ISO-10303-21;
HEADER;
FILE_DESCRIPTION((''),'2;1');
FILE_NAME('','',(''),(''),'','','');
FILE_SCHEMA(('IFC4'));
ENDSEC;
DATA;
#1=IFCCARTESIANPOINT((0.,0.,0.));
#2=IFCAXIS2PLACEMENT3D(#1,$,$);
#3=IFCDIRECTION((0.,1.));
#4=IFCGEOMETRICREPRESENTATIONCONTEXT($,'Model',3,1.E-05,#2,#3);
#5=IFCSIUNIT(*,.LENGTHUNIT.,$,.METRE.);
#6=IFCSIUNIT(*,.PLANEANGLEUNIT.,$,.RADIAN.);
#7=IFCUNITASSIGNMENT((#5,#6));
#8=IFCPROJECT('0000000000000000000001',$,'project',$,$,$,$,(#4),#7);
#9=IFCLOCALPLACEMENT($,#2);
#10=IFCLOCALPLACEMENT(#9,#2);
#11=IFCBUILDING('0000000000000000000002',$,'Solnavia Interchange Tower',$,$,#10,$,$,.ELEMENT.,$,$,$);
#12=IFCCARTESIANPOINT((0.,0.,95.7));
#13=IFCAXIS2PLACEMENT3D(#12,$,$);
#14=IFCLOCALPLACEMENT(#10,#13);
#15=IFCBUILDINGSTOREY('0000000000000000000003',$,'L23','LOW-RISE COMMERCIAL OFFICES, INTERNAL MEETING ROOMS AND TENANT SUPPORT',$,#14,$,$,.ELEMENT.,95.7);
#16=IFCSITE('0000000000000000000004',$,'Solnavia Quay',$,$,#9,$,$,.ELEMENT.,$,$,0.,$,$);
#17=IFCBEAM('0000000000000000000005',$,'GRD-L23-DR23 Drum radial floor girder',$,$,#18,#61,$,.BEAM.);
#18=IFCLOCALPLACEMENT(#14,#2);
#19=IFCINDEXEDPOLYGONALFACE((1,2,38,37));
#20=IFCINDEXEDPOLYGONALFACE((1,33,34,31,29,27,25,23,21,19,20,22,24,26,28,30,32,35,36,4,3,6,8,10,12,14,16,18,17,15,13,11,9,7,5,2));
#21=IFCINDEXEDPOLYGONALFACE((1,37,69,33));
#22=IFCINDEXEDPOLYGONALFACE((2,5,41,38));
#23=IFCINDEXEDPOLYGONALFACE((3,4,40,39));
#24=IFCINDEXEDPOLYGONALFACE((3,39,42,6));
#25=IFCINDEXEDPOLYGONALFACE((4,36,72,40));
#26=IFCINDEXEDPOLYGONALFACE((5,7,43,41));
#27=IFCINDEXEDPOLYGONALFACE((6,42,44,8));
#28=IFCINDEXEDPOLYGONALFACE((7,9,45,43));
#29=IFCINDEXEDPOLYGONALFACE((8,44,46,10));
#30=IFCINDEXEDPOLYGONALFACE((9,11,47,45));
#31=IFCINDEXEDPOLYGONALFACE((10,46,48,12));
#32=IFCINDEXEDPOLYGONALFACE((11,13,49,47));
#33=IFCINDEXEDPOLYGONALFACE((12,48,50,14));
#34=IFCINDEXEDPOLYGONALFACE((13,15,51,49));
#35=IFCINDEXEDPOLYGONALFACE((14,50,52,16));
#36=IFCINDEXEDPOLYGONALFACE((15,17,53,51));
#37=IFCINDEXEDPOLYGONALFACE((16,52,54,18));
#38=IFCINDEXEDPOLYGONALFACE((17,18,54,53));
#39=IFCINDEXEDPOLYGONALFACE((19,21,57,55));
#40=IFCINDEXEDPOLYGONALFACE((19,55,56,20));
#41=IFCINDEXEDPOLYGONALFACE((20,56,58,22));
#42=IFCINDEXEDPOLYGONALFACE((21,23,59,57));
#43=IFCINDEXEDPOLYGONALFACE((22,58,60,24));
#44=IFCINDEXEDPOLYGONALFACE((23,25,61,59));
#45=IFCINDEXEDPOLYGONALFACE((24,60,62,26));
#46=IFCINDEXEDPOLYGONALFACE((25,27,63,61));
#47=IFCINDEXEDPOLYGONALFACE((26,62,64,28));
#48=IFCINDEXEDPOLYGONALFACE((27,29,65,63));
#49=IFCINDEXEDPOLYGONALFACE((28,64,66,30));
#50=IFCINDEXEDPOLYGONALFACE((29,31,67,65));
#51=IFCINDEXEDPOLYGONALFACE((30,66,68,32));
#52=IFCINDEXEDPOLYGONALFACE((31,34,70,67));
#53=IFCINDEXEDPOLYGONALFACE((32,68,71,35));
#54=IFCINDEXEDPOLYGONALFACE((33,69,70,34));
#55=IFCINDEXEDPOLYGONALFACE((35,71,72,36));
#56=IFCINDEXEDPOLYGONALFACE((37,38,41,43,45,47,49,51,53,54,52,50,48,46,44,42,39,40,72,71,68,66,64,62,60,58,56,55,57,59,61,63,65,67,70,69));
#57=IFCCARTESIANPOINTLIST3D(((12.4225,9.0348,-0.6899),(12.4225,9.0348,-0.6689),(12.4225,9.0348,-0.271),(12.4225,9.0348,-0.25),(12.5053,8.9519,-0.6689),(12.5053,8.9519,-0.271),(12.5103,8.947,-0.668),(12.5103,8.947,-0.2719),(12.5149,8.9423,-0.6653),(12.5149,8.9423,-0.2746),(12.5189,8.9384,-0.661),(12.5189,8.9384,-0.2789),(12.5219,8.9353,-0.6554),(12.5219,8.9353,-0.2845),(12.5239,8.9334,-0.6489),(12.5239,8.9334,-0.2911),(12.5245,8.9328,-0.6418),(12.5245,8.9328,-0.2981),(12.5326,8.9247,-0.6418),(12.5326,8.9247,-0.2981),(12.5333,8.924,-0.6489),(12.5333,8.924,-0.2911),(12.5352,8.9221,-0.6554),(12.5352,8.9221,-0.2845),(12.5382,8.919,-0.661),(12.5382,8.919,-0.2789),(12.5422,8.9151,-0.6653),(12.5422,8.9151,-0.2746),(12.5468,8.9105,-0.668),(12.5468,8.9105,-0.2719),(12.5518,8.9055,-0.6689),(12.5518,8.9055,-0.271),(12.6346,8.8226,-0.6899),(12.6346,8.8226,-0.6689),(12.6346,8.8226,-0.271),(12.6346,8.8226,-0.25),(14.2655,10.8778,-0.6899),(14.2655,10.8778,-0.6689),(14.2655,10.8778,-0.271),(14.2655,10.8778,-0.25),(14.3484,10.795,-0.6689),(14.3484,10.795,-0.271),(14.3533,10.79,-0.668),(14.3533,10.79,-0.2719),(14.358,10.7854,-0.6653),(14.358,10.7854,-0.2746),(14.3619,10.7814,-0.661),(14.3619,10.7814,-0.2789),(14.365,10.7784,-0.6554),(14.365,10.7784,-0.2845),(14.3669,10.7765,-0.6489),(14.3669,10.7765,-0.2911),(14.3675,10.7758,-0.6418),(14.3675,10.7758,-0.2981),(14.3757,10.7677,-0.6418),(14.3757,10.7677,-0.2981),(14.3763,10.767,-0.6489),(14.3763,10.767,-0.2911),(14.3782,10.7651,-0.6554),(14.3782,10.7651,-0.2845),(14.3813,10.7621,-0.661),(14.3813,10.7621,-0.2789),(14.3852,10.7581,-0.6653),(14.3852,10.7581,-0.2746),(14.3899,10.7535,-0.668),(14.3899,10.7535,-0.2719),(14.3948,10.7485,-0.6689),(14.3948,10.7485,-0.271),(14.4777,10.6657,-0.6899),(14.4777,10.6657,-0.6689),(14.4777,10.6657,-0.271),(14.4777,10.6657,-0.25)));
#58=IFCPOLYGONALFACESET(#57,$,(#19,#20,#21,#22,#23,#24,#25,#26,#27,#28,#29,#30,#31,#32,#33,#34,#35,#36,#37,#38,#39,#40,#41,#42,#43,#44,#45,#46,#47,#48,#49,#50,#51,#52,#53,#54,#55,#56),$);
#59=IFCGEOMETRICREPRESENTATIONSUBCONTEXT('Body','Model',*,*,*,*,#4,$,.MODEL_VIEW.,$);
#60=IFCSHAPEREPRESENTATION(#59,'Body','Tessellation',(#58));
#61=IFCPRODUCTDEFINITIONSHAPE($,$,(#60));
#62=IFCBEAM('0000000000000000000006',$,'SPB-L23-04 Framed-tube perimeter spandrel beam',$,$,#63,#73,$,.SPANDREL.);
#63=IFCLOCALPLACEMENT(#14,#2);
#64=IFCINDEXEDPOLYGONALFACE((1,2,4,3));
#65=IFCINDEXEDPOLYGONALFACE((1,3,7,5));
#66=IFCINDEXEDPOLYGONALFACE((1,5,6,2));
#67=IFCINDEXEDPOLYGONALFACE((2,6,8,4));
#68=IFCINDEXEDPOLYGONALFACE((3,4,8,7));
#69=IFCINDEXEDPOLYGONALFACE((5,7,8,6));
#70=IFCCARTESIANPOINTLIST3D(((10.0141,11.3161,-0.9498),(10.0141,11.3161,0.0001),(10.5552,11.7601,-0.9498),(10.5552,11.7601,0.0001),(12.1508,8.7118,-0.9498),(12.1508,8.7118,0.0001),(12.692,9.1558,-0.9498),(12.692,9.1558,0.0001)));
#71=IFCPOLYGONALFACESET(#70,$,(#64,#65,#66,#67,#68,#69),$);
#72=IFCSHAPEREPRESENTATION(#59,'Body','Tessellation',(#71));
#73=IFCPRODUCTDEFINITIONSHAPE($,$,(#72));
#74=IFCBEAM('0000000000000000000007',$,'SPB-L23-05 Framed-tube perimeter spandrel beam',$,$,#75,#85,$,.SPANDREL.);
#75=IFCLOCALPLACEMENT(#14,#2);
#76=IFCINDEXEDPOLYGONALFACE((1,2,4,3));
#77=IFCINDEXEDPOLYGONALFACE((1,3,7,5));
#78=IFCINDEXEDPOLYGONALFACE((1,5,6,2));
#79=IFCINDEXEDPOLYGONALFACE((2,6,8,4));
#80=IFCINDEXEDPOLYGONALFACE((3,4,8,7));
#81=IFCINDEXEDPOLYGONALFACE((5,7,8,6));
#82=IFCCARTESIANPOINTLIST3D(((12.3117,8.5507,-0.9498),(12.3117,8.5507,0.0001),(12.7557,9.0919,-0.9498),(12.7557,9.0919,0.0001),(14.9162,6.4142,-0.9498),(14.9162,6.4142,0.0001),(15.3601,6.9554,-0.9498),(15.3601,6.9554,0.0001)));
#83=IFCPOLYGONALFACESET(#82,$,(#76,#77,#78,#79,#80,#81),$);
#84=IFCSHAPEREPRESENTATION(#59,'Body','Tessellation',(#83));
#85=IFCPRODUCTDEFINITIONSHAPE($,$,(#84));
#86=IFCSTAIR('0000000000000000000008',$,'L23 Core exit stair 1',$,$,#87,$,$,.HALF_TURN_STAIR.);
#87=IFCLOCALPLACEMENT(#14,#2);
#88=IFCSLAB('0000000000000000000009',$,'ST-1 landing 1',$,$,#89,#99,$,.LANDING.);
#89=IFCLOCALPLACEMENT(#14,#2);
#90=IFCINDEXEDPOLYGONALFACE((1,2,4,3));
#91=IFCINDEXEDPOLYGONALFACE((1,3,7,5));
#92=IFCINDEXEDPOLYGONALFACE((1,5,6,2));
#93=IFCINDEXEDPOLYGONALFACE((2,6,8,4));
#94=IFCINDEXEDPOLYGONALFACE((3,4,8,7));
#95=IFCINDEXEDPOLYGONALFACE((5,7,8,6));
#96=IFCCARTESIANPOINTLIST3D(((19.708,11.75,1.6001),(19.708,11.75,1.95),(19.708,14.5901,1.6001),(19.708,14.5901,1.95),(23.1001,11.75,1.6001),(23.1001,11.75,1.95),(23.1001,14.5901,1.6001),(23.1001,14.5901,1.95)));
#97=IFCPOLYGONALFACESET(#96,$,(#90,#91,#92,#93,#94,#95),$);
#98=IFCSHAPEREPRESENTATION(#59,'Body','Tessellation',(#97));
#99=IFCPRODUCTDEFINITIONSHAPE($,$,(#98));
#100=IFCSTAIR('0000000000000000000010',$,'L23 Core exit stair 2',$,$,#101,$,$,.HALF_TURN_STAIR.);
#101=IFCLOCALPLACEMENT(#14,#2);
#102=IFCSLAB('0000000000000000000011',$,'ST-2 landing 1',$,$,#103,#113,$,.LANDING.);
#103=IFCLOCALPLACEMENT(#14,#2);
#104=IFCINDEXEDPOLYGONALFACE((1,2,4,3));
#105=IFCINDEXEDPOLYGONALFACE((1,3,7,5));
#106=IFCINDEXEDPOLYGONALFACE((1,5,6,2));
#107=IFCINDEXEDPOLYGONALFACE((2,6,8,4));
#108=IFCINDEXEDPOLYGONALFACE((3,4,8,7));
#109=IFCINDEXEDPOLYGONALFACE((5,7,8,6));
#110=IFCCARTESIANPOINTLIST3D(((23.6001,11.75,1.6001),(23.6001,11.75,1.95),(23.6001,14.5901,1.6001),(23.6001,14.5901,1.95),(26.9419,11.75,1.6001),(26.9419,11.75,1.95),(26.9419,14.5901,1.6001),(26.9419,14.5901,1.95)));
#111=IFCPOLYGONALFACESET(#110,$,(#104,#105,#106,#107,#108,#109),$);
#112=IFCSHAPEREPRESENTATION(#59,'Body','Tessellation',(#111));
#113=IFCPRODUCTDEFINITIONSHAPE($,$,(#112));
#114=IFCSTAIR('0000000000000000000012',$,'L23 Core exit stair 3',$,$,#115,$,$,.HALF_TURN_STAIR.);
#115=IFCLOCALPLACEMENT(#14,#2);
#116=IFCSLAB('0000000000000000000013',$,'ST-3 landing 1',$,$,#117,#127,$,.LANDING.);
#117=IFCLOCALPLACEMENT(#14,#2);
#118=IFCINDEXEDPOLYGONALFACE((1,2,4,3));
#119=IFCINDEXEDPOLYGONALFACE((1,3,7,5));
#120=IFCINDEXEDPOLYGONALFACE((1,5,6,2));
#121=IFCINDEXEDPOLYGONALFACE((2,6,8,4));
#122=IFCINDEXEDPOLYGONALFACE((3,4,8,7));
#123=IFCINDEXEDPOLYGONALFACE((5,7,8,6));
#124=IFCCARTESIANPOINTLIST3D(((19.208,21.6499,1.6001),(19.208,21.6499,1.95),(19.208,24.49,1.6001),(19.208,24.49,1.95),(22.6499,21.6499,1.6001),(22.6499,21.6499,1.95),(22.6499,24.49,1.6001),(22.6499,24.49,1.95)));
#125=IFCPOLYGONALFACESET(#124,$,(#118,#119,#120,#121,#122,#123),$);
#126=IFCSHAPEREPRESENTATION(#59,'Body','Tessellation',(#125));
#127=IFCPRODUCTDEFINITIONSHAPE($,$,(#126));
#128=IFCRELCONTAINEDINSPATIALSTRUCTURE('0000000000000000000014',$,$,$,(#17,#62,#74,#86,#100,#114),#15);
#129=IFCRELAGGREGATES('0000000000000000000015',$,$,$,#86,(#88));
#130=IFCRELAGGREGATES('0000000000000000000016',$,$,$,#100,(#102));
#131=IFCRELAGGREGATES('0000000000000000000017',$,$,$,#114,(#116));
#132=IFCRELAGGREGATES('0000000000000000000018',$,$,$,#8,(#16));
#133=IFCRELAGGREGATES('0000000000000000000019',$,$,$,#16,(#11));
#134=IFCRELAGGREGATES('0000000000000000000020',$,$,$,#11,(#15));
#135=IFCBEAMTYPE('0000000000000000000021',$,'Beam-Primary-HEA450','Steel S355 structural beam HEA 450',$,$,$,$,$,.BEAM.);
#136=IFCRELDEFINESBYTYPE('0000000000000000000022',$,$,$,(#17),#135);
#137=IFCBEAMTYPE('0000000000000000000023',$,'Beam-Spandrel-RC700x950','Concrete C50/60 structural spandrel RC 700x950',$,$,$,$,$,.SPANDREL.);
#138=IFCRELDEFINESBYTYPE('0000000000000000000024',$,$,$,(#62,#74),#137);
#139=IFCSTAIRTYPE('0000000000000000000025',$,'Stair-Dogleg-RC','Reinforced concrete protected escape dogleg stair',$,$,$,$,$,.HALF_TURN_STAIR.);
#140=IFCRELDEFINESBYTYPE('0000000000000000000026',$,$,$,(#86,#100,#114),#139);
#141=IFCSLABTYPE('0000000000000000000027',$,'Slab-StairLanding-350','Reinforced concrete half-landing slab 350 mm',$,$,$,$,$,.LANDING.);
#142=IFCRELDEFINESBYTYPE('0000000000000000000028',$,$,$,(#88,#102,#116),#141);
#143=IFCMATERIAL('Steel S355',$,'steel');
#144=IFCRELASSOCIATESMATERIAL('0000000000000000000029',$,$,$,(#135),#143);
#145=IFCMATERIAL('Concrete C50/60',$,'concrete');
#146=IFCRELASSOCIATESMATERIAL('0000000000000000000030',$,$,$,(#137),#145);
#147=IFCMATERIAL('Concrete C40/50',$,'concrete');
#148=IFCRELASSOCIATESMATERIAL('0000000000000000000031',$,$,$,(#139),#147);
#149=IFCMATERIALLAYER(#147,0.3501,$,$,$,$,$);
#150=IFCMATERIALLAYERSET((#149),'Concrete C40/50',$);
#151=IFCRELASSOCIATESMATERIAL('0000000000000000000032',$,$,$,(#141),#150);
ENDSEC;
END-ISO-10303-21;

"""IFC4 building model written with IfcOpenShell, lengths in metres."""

from ifc_helpers import new_model, si_unit, direction, frame, origin, origin_2d, place, context, subcontext, project, spatial, polyline, rectangle, i_section, outline, extrude, material, layer, layer_set, material_profile, profile_set, type_object, element, aggregate, save


model = new_model("IFC4")

# Units and contexts
model_context = context("Model", 3, precision=1e-05, world=origin(), true_north=direction((0.0, 1.0)))
body_context = subcontext(model_context, "Body", "Model", "MODEL_VIEW")
ifc_project = project(units=[si_unit("LENGTHUNIT", "METRE"), si_unit("PLANEANGLEUNIT", "RADIAN")], contexts=[model_context])

# Site, building, storey
site_placement = place(None, origin())
site = spatial("IfcSite", under=ifc_project, at=site_placement, Name="Solnavia Quay", CompositionType="ELEMENT", RefElevation=0.0)
building_placement = place(site_placement, origin())
building = spatial("IfcBuilding", under=site, at=building_placement, Name="Solnavia Interchange Tower", CompositionType="ELEMENT")
storey_placement = place(building_placement, frame((0.0, 0.0, 95.7)))
storey = spatial("IfcBuildingStorey", under=building, at=storey_placement, Name="L23", Description="LOW-RISE COMMERCIAL OFFICES, INTERNAL MEETING ROOMS AND TENANT SUPPORT", CompositionType="ELEMENT", Elevation=95.7)

# Shared definitions
ifc_material_1 = material(Name="Steel S355", Category="steel")

# Beams
ifc_material_profile_1 = material_profile(ifc_material_1, i_section(OverallWidth=0.3, OverallDepth=0.4399, WebThickness=0.0115, FlangeThickness=0.021, FilletRadius=0.0271, at=origin_2d()), Name="HEA 450")
ifc_profile_set_1 = profile_set([ifc_material_profile_1], Name="Steel S355")
beam_type_1 = type_object("IfcBeamType", Name="Beam-Primary-HEA450", Description="Steel S355 structural beam HEA 450", PredefinedType="BEAM", material=ifc_profile_set_1)
beam_1_placement = place(storey_placement, frame((12.5286, 8.9287, -0.47), z_axis=(0.707107, 0.707107, 0.0), x_axis=(-0.707107, 0.707107, 0.0)))
element("IfcBeam", 1, at=beam_1_placement, inside=storey, type_object=beam_type_1, Name="GRD-L23-DR23 Drum radial floor girder", PredefinedType="BEAM", context=body_context, shape_type="SweptSolid", body=[
    extrude(i_section(OverallWidth=0.3, OverallDepth=0.4399, WebThickness=0.0115, FlangeThickness=0.021, FilletRadius=0.0271, at=origin_2d()), origin(), (0.0, 0.0, 1.0), 2.6064),
])
ifc_material_2 = material(Name="Concrete C50/60", Category="concrete")
ifc_material_profile_2 = material_profile(ifc_material_2, rectangle(XDim=0.7, YDim=0.95, at=origin_2d()), Name="RC 700x950")
ifc_profile_set_2 = profile_set([ifc_material_profile_2], Name="Concrete C50/60")
beam_type_2 = type_object("IfcBeamType", Name="Beam-Spandrel-RC700x950", Description="Concrete C50/60 structural spandrel RC 700x950", PredefinedType="SPANDREL", material=ifc_profile_set_2)
for number, where, z_axis, x_axis, name in (
    (2, (10.2847, 11.5381, -0.4749), (0.634299, -0.773088, 0.0), (0.773088, 0.634299, 0.0), "SPB-L23-04 Framed-tube perimeter spandrel beam"),
    (3, (12.5337, 8.8213, -0.4749), (0.773153, -0.63422, 0.0), (0.63422, 0.773153, 0.0), "SPB-L23-05 Framed-tube perimeter spandrel beam"),
):
    element("IfcBeam", number, at=place(storey_placement, frame(where, z_axis=z_axis, x_axis=x_axis)), inside=storey, type_object=beam_type_2, Name=name, PredefinedType="SPANDREL", context=body_context, shape_type="SweptSolid", body=[
        extrude(rectangle(XDim=0.7, YDim=0.95, at=origin_2d()), origin(), (0.0, 0.0, 1.0), 3.3687),
    ])

# Stairs, slabs
ifc_material_3 = material(Name="Concrete C40/50", Category="concrete")
stair_type = type_object("IfcStairType", Name="Stair-Dogleg-RC", Description="Reinforced concrete protected escape dogleg stair", PredefinedType="HALF_TURN_STAIR", material=ifc_material_3)
stair_1_placement = place(storey_placement, origin())
stair_1 = element("IfcStair", 4, at=stair_1_placement, inside=storey, type_object=stair_type, Name="L23 Core exit stair 1", PredefinedType="HALF_TURN_STAIR")
ifc_layer_1 = layer(ifc_material_3, 0.3501)
ifc_layer_set_1 = layer_set([ifc_layer_1], Name="Concrete C40/50")
slab_type_1 = type_object("IfcSlabType", Name="Slab-StairLanding-350", Description="Reinforced concrete half-landing slab 350 mm", PredefinedType="LANDING", material=ifc_layer_set_1)
slab_1_placement = place(storey_placement, frame((0.0, 0.0, 1.6001)))
slab_1 = element("IfcSlab", 5, at=slab_1_placement, type_object=slab_type_1, Name="ST-1 landing 1", PredefinedType="LANDING", context=body_context, shape_type="SweptSolid", body=[
    extrude(outline(polyline([(19.708, 11.75), (23.1001, 11.75), (23.1001, 14.5901), (19.708, 14.5901), (19.708, 11.75)])), origin(), (0.0, 0.0, 1.0), 0.3499),
])
aggregate(stair_1, [slab_1])
stair_2_placement = place(storey_placement, origin())
stair_2 = element("IfcStair", 6, at=stair_2_placement, inside=storey, type_object=stair_type, Name="L23 Core exit stair 2", PredefinedType="HALF_TURN_STAIR")
slab_2_placement = place(storey_placement, frame((0.0, 0.0, 1.6001)))
slab_2 = element("IfcSlab", 7, at=slab_2_placement, type_object=slab_type_1, Name="ST-2 landing 1", PredefinedType="LANDING", context=body_context, shape_type="SweptSolid", body=[
    extrude(outline(polyline([(23.6001, 11.75), (26.9419, 11.75), (26.9419, 14.5901), (23.6001, 14.5901), (23.6001, 11.75)])), origin(), (0.0, 0.0, 1.0), 0.3499),
])
aggregate(stair_2, [slab_2])
stair_3_placement = place(storey_placement, origin())
stair_3 = element("IfcStair", 8, at=stair_3_placement, inside=storey, type_object=stair_type, Name="L23 Core exit stair 3", PredefinedType="HALF_TURN_STAIR")
slab_3_placement = place(storey_placement, frame((0.0, 0.0, 1.6001)))
slab_3 = element("IfcSlab", 9, at=slab_3_placement, type_object=slab_type_1, Name="ST-3 landing 1", PredefinedType="LANDING", context=body_context, shape_type="SweptSolid", body=[
    extrude(outline(polyline([(19.208, 21.6499), (22.6499, 21.6499), (22.6499, 24.49), (19.208, 24.49), (19.208, 21.6499)])), origin(), (0.0, 0.0, 1.0), 0.3499),
])
aggregate(stair_3, [slab_3])

save(model, "model.ifc")
